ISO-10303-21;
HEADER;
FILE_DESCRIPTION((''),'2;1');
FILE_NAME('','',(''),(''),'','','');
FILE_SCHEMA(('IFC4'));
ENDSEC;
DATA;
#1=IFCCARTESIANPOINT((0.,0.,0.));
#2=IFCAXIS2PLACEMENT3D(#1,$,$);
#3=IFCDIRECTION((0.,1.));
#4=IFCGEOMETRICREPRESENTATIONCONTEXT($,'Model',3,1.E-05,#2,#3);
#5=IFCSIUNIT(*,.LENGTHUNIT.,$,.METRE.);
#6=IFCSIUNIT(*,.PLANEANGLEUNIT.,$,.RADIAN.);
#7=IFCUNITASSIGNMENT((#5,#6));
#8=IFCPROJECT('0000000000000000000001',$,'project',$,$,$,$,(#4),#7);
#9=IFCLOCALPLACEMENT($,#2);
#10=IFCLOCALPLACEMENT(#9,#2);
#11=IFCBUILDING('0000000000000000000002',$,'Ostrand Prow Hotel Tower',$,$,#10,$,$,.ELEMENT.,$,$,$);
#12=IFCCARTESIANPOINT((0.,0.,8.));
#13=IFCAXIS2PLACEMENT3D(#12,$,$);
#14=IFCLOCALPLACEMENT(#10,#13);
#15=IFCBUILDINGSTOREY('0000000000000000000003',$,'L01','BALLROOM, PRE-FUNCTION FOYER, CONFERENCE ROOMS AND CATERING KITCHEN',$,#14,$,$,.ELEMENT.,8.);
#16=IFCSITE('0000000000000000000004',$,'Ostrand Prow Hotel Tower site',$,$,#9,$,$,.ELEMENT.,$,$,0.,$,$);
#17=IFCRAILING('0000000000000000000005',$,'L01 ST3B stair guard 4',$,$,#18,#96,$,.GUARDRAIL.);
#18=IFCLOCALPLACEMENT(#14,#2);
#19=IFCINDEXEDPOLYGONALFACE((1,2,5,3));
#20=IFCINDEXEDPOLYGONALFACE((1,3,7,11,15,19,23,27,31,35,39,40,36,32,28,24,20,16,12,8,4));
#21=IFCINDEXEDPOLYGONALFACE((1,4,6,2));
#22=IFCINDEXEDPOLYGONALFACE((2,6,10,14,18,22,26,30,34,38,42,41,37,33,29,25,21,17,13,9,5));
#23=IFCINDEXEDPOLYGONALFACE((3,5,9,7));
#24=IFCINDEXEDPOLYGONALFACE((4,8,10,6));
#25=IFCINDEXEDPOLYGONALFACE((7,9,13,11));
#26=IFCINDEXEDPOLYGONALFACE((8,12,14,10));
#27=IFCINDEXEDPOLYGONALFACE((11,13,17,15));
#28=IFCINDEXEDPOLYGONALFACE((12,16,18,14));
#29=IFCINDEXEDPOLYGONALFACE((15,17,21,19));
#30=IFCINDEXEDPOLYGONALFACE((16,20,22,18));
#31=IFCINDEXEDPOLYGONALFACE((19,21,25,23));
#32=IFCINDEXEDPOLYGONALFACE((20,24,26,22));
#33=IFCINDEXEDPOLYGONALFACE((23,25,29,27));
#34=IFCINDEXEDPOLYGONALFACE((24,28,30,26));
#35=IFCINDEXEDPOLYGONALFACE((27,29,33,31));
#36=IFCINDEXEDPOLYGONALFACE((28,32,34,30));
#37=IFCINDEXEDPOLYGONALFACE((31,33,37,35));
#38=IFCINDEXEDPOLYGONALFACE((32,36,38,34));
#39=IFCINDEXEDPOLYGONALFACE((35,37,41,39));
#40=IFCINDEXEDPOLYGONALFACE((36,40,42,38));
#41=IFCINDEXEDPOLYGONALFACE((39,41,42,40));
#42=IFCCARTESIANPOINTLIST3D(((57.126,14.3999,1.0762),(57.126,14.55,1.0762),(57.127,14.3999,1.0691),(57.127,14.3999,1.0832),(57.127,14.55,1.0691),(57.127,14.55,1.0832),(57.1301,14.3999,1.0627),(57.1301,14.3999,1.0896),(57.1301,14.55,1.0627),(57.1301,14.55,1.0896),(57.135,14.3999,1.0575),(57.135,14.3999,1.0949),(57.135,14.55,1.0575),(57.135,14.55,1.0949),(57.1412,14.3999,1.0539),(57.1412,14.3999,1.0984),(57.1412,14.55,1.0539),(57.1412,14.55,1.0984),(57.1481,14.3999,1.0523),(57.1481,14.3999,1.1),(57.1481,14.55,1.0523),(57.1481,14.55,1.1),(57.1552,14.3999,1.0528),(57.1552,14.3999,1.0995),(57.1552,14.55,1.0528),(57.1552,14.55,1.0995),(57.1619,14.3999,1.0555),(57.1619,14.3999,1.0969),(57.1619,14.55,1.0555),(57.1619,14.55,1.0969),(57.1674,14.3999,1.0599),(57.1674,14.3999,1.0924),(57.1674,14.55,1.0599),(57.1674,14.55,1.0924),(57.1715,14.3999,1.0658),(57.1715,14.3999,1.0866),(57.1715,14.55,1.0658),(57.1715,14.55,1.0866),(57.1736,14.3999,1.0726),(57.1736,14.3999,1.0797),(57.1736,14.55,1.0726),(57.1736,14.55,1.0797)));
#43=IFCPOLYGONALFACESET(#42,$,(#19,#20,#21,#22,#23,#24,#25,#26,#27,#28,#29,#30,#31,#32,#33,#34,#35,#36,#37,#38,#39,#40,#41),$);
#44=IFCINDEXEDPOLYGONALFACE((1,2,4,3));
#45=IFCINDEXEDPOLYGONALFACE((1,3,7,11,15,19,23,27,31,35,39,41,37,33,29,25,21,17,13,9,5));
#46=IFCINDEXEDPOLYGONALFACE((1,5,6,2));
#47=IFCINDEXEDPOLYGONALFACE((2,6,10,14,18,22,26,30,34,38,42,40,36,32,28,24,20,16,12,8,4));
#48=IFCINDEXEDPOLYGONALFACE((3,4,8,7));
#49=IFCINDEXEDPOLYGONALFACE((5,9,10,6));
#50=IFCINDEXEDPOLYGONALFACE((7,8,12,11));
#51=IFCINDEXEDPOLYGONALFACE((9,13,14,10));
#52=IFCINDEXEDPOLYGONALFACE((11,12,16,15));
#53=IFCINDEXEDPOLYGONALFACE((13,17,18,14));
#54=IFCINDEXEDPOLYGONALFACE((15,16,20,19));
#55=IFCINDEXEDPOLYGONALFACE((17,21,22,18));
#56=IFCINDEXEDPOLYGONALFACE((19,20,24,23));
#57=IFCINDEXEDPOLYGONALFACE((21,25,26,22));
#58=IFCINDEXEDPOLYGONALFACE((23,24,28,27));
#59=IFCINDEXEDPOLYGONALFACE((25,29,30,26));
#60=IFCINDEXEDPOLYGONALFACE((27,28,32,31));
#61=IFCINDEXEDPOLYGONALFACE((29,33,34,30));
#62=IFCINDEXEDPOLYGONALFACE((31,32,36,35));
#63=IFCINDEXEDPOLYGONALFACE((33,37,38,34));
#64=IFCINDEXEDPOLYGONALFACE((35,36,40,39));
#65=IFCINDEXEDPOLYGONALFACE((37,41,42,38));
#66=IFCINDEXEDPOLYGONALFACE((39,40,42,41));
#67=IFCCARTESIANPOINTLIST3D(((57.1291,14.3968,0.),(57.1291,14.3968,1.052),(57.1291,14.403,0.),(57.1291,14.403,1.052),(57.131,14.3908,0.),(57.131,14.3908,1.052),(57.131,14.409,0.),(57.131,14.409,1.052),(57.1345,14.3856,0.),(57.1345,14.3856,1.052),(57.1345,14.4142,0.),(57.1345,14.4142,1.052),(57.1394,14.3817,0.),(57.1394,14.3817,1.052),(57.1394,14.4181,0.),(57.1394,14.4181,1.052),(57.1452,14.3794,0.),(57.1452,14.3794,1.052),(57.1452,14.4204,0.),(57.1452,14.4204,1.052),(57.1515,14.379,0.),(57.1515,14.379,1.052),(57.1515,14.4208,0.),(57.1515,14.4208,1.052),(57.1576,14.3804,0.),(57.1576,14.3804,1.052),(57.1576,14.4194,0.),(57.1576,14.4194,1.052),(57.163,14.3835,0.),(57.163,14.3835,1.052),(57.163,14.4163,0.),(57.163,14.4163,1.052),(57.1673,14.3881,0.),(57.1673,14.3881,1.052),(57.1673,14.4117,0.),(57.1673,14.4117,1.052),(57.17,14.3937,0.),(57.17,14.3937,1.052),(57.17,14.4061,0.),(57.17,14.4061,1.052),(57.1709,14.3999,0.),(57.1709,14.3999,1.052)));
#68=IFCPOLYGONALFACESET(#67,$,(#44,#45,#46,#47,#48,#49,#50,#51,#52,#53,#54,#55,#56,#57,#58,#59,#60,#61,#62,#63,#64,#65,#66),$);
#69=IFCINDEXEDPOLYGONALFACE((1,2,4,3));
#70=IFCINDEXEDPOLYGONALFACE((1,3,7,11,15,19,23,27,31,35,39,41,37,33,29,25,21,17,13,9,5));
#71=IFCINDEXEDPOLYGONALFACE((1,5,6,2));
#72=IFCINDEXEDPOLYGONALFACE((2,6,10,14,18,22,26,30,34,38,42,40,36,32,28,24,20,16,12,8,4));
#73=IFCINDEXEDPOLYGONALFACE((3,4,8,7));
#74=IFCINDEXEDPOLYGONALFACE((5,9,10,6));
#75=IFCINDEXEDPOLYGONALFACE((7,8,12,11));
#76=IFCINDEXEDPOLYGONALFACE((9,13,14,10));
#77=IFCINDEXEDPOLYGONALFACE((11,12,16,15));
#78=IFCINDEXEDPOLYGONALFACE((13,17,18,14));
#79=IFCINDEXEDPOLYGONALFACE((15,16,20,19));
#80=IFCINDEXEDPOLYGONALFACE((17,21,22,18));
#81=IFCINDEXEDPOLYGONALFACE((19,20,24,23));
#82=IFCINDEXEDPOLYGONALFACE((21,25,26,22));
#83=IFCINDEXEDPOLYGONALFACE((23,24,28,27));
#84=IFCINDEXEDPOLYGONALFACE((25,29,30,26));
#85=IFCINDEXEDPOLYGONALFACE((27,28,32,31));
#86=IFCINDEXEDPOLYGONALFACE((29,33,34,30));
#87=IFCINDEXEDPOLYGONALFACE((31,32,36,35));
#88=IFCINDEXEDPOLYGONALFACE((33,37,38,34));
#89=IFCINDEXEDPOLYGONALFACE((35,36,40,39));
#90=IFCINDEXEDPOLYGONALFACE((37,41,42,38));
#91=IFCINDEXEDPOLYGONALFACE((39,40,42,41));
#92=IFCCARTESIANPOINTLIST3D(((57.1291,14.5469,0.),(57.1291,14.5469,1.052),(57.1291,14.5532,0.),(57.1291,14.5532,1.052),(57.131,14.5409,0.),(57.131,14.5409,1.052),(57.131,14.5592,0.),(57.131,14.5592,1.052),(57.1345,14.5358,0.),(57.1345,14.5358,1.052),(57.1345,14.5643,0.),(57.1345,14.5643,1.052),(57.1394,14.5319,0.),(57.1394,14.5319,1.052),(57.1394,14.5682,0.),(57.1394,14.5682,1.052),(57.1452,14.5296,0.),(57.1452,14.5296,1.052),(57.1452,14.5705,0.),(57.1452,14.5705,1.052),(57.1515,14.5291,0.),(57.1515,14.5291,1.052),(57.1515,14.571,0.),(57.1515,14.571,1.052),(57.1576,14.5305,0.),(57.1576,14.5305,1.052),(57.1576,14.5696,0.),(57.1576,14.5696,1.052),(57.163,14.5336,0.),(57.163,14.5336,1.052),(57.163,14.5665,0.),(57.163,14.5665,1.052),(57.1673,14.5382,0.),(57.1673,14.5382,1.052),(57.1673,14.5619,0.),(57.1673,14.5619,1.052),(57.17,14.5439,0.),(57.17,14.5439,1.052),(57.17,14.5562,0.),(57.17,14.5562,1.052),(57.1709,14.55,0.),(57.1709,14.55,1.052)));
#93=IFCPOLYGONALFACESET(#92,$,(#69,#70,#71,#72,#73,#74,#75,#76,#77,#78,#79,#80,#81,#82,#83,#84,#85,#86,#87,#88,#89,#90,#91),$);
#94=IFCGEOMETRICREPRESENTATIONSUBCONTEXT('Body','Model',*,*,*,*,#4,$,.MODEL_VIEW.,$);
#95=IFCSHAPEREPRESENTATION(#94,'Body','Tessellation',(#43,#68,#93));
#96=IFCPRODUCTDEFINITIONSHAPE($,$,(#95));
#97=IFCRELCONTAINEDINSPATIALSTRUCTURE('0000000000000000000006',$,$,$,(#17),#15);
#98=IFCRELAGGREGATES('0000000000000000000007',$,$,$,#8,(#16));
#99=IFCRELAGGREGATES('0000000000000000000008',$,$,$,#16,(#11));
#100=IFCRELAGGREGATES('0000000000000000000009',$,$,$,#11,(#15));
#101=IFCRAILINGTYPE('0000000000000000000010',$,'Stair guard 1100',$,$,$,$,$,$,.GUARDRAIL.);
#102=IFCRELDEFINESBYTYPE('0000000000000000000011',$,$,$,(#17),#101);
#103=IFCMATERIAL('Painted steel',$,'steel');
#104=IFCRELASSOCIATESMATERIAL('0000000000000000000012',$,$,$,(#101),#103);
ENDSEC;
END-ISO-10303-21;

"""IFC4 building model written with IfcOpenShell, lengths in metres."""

from ifc_helpers import new_model, si_unit, direction, frame, origin, origin_2d, place, context, subcontext, project, spatial, circle, extrude, material, type_object, element, save


model = new_model("IFC4")

# Units and contexts
model_context = context("Model", 3, precision=1e-05, world=origin(), true_north=direction((0.0, 1.0)))
body_context = subcontext(model_context, "Body", "Model", "MODEL_VIEW")
ifc_project = project(units=[si_unit("LENGTHUNIT", "METRE"), si_unit("PLANEANGLEUNIT", "RADIAN")], contexts=[model_context])

# Site, building, storey
site_placement = place(None, origin())
site = spatial("IfcSite", under=ifc_project, at=site_placement, Name="Ostrand Prow Hotel Tower site", CompositionType="ELEMENT", RefElevation=0.0)
building_placement = place(site_placement, origin())
building = spatial("IfcBuilding", under=site, at=building_placement, Name="Ostrand Prow Hotel Tower", CompositionType="ELEMENT")
storey_placement = place(building_placement, frame((0.0, 0.0, 8.0)))
storey = spatial("IfcBuildingStorey", under=building, at=storey_placement, Name="L01", Description="BALLROOM, PRE-FUNCTION FOYER, CONFERENCE ROOMS AND CATERING KITCHEN", CompositionType="ELEMENT", Elevation=8.0)

# Railing
ifc_material_1 = material(Name="Painted steel", Category="steel")
railing_type_1 = type_object("IfcRailingType", Name="Stair guard 1100", PredefinedType="GUARDRAIL", material=ifc_material_1)
railing_1_placement = place(storey_placement, frame((57.1499, 14.3999, 0.0)))
element("IfcRailing", 1, at=railing_1_placement, inside=storey, type_object=railing_type_1, Name="L01 ST3B stair guard 4", PredefinedType="GUARDRAIL", context=body_context, shape_type="SweptSolid", body=[
    extrude(circle(Radius=0.0239, at=origin_2d()), frame((0.0, 0.0, 1.0762), z_axis=(0.0, 1.0, 0.0), x_axis=(-1.0, 0.0, 0.0)), (0.0, 0.0, 1.0), 0.1501),
    extrude(circle(Radius=0.021, at=origin_2d()), origin(), (0.0, 0.0, 1.0), 1.052),
    extrude(circle(Radius=0.021, at=origin_2d()), frame((0.0, 0.1501, 0.0)), (0.0, 0.0, 1.0), 1.052),
])

save(model, "model.ifc")
